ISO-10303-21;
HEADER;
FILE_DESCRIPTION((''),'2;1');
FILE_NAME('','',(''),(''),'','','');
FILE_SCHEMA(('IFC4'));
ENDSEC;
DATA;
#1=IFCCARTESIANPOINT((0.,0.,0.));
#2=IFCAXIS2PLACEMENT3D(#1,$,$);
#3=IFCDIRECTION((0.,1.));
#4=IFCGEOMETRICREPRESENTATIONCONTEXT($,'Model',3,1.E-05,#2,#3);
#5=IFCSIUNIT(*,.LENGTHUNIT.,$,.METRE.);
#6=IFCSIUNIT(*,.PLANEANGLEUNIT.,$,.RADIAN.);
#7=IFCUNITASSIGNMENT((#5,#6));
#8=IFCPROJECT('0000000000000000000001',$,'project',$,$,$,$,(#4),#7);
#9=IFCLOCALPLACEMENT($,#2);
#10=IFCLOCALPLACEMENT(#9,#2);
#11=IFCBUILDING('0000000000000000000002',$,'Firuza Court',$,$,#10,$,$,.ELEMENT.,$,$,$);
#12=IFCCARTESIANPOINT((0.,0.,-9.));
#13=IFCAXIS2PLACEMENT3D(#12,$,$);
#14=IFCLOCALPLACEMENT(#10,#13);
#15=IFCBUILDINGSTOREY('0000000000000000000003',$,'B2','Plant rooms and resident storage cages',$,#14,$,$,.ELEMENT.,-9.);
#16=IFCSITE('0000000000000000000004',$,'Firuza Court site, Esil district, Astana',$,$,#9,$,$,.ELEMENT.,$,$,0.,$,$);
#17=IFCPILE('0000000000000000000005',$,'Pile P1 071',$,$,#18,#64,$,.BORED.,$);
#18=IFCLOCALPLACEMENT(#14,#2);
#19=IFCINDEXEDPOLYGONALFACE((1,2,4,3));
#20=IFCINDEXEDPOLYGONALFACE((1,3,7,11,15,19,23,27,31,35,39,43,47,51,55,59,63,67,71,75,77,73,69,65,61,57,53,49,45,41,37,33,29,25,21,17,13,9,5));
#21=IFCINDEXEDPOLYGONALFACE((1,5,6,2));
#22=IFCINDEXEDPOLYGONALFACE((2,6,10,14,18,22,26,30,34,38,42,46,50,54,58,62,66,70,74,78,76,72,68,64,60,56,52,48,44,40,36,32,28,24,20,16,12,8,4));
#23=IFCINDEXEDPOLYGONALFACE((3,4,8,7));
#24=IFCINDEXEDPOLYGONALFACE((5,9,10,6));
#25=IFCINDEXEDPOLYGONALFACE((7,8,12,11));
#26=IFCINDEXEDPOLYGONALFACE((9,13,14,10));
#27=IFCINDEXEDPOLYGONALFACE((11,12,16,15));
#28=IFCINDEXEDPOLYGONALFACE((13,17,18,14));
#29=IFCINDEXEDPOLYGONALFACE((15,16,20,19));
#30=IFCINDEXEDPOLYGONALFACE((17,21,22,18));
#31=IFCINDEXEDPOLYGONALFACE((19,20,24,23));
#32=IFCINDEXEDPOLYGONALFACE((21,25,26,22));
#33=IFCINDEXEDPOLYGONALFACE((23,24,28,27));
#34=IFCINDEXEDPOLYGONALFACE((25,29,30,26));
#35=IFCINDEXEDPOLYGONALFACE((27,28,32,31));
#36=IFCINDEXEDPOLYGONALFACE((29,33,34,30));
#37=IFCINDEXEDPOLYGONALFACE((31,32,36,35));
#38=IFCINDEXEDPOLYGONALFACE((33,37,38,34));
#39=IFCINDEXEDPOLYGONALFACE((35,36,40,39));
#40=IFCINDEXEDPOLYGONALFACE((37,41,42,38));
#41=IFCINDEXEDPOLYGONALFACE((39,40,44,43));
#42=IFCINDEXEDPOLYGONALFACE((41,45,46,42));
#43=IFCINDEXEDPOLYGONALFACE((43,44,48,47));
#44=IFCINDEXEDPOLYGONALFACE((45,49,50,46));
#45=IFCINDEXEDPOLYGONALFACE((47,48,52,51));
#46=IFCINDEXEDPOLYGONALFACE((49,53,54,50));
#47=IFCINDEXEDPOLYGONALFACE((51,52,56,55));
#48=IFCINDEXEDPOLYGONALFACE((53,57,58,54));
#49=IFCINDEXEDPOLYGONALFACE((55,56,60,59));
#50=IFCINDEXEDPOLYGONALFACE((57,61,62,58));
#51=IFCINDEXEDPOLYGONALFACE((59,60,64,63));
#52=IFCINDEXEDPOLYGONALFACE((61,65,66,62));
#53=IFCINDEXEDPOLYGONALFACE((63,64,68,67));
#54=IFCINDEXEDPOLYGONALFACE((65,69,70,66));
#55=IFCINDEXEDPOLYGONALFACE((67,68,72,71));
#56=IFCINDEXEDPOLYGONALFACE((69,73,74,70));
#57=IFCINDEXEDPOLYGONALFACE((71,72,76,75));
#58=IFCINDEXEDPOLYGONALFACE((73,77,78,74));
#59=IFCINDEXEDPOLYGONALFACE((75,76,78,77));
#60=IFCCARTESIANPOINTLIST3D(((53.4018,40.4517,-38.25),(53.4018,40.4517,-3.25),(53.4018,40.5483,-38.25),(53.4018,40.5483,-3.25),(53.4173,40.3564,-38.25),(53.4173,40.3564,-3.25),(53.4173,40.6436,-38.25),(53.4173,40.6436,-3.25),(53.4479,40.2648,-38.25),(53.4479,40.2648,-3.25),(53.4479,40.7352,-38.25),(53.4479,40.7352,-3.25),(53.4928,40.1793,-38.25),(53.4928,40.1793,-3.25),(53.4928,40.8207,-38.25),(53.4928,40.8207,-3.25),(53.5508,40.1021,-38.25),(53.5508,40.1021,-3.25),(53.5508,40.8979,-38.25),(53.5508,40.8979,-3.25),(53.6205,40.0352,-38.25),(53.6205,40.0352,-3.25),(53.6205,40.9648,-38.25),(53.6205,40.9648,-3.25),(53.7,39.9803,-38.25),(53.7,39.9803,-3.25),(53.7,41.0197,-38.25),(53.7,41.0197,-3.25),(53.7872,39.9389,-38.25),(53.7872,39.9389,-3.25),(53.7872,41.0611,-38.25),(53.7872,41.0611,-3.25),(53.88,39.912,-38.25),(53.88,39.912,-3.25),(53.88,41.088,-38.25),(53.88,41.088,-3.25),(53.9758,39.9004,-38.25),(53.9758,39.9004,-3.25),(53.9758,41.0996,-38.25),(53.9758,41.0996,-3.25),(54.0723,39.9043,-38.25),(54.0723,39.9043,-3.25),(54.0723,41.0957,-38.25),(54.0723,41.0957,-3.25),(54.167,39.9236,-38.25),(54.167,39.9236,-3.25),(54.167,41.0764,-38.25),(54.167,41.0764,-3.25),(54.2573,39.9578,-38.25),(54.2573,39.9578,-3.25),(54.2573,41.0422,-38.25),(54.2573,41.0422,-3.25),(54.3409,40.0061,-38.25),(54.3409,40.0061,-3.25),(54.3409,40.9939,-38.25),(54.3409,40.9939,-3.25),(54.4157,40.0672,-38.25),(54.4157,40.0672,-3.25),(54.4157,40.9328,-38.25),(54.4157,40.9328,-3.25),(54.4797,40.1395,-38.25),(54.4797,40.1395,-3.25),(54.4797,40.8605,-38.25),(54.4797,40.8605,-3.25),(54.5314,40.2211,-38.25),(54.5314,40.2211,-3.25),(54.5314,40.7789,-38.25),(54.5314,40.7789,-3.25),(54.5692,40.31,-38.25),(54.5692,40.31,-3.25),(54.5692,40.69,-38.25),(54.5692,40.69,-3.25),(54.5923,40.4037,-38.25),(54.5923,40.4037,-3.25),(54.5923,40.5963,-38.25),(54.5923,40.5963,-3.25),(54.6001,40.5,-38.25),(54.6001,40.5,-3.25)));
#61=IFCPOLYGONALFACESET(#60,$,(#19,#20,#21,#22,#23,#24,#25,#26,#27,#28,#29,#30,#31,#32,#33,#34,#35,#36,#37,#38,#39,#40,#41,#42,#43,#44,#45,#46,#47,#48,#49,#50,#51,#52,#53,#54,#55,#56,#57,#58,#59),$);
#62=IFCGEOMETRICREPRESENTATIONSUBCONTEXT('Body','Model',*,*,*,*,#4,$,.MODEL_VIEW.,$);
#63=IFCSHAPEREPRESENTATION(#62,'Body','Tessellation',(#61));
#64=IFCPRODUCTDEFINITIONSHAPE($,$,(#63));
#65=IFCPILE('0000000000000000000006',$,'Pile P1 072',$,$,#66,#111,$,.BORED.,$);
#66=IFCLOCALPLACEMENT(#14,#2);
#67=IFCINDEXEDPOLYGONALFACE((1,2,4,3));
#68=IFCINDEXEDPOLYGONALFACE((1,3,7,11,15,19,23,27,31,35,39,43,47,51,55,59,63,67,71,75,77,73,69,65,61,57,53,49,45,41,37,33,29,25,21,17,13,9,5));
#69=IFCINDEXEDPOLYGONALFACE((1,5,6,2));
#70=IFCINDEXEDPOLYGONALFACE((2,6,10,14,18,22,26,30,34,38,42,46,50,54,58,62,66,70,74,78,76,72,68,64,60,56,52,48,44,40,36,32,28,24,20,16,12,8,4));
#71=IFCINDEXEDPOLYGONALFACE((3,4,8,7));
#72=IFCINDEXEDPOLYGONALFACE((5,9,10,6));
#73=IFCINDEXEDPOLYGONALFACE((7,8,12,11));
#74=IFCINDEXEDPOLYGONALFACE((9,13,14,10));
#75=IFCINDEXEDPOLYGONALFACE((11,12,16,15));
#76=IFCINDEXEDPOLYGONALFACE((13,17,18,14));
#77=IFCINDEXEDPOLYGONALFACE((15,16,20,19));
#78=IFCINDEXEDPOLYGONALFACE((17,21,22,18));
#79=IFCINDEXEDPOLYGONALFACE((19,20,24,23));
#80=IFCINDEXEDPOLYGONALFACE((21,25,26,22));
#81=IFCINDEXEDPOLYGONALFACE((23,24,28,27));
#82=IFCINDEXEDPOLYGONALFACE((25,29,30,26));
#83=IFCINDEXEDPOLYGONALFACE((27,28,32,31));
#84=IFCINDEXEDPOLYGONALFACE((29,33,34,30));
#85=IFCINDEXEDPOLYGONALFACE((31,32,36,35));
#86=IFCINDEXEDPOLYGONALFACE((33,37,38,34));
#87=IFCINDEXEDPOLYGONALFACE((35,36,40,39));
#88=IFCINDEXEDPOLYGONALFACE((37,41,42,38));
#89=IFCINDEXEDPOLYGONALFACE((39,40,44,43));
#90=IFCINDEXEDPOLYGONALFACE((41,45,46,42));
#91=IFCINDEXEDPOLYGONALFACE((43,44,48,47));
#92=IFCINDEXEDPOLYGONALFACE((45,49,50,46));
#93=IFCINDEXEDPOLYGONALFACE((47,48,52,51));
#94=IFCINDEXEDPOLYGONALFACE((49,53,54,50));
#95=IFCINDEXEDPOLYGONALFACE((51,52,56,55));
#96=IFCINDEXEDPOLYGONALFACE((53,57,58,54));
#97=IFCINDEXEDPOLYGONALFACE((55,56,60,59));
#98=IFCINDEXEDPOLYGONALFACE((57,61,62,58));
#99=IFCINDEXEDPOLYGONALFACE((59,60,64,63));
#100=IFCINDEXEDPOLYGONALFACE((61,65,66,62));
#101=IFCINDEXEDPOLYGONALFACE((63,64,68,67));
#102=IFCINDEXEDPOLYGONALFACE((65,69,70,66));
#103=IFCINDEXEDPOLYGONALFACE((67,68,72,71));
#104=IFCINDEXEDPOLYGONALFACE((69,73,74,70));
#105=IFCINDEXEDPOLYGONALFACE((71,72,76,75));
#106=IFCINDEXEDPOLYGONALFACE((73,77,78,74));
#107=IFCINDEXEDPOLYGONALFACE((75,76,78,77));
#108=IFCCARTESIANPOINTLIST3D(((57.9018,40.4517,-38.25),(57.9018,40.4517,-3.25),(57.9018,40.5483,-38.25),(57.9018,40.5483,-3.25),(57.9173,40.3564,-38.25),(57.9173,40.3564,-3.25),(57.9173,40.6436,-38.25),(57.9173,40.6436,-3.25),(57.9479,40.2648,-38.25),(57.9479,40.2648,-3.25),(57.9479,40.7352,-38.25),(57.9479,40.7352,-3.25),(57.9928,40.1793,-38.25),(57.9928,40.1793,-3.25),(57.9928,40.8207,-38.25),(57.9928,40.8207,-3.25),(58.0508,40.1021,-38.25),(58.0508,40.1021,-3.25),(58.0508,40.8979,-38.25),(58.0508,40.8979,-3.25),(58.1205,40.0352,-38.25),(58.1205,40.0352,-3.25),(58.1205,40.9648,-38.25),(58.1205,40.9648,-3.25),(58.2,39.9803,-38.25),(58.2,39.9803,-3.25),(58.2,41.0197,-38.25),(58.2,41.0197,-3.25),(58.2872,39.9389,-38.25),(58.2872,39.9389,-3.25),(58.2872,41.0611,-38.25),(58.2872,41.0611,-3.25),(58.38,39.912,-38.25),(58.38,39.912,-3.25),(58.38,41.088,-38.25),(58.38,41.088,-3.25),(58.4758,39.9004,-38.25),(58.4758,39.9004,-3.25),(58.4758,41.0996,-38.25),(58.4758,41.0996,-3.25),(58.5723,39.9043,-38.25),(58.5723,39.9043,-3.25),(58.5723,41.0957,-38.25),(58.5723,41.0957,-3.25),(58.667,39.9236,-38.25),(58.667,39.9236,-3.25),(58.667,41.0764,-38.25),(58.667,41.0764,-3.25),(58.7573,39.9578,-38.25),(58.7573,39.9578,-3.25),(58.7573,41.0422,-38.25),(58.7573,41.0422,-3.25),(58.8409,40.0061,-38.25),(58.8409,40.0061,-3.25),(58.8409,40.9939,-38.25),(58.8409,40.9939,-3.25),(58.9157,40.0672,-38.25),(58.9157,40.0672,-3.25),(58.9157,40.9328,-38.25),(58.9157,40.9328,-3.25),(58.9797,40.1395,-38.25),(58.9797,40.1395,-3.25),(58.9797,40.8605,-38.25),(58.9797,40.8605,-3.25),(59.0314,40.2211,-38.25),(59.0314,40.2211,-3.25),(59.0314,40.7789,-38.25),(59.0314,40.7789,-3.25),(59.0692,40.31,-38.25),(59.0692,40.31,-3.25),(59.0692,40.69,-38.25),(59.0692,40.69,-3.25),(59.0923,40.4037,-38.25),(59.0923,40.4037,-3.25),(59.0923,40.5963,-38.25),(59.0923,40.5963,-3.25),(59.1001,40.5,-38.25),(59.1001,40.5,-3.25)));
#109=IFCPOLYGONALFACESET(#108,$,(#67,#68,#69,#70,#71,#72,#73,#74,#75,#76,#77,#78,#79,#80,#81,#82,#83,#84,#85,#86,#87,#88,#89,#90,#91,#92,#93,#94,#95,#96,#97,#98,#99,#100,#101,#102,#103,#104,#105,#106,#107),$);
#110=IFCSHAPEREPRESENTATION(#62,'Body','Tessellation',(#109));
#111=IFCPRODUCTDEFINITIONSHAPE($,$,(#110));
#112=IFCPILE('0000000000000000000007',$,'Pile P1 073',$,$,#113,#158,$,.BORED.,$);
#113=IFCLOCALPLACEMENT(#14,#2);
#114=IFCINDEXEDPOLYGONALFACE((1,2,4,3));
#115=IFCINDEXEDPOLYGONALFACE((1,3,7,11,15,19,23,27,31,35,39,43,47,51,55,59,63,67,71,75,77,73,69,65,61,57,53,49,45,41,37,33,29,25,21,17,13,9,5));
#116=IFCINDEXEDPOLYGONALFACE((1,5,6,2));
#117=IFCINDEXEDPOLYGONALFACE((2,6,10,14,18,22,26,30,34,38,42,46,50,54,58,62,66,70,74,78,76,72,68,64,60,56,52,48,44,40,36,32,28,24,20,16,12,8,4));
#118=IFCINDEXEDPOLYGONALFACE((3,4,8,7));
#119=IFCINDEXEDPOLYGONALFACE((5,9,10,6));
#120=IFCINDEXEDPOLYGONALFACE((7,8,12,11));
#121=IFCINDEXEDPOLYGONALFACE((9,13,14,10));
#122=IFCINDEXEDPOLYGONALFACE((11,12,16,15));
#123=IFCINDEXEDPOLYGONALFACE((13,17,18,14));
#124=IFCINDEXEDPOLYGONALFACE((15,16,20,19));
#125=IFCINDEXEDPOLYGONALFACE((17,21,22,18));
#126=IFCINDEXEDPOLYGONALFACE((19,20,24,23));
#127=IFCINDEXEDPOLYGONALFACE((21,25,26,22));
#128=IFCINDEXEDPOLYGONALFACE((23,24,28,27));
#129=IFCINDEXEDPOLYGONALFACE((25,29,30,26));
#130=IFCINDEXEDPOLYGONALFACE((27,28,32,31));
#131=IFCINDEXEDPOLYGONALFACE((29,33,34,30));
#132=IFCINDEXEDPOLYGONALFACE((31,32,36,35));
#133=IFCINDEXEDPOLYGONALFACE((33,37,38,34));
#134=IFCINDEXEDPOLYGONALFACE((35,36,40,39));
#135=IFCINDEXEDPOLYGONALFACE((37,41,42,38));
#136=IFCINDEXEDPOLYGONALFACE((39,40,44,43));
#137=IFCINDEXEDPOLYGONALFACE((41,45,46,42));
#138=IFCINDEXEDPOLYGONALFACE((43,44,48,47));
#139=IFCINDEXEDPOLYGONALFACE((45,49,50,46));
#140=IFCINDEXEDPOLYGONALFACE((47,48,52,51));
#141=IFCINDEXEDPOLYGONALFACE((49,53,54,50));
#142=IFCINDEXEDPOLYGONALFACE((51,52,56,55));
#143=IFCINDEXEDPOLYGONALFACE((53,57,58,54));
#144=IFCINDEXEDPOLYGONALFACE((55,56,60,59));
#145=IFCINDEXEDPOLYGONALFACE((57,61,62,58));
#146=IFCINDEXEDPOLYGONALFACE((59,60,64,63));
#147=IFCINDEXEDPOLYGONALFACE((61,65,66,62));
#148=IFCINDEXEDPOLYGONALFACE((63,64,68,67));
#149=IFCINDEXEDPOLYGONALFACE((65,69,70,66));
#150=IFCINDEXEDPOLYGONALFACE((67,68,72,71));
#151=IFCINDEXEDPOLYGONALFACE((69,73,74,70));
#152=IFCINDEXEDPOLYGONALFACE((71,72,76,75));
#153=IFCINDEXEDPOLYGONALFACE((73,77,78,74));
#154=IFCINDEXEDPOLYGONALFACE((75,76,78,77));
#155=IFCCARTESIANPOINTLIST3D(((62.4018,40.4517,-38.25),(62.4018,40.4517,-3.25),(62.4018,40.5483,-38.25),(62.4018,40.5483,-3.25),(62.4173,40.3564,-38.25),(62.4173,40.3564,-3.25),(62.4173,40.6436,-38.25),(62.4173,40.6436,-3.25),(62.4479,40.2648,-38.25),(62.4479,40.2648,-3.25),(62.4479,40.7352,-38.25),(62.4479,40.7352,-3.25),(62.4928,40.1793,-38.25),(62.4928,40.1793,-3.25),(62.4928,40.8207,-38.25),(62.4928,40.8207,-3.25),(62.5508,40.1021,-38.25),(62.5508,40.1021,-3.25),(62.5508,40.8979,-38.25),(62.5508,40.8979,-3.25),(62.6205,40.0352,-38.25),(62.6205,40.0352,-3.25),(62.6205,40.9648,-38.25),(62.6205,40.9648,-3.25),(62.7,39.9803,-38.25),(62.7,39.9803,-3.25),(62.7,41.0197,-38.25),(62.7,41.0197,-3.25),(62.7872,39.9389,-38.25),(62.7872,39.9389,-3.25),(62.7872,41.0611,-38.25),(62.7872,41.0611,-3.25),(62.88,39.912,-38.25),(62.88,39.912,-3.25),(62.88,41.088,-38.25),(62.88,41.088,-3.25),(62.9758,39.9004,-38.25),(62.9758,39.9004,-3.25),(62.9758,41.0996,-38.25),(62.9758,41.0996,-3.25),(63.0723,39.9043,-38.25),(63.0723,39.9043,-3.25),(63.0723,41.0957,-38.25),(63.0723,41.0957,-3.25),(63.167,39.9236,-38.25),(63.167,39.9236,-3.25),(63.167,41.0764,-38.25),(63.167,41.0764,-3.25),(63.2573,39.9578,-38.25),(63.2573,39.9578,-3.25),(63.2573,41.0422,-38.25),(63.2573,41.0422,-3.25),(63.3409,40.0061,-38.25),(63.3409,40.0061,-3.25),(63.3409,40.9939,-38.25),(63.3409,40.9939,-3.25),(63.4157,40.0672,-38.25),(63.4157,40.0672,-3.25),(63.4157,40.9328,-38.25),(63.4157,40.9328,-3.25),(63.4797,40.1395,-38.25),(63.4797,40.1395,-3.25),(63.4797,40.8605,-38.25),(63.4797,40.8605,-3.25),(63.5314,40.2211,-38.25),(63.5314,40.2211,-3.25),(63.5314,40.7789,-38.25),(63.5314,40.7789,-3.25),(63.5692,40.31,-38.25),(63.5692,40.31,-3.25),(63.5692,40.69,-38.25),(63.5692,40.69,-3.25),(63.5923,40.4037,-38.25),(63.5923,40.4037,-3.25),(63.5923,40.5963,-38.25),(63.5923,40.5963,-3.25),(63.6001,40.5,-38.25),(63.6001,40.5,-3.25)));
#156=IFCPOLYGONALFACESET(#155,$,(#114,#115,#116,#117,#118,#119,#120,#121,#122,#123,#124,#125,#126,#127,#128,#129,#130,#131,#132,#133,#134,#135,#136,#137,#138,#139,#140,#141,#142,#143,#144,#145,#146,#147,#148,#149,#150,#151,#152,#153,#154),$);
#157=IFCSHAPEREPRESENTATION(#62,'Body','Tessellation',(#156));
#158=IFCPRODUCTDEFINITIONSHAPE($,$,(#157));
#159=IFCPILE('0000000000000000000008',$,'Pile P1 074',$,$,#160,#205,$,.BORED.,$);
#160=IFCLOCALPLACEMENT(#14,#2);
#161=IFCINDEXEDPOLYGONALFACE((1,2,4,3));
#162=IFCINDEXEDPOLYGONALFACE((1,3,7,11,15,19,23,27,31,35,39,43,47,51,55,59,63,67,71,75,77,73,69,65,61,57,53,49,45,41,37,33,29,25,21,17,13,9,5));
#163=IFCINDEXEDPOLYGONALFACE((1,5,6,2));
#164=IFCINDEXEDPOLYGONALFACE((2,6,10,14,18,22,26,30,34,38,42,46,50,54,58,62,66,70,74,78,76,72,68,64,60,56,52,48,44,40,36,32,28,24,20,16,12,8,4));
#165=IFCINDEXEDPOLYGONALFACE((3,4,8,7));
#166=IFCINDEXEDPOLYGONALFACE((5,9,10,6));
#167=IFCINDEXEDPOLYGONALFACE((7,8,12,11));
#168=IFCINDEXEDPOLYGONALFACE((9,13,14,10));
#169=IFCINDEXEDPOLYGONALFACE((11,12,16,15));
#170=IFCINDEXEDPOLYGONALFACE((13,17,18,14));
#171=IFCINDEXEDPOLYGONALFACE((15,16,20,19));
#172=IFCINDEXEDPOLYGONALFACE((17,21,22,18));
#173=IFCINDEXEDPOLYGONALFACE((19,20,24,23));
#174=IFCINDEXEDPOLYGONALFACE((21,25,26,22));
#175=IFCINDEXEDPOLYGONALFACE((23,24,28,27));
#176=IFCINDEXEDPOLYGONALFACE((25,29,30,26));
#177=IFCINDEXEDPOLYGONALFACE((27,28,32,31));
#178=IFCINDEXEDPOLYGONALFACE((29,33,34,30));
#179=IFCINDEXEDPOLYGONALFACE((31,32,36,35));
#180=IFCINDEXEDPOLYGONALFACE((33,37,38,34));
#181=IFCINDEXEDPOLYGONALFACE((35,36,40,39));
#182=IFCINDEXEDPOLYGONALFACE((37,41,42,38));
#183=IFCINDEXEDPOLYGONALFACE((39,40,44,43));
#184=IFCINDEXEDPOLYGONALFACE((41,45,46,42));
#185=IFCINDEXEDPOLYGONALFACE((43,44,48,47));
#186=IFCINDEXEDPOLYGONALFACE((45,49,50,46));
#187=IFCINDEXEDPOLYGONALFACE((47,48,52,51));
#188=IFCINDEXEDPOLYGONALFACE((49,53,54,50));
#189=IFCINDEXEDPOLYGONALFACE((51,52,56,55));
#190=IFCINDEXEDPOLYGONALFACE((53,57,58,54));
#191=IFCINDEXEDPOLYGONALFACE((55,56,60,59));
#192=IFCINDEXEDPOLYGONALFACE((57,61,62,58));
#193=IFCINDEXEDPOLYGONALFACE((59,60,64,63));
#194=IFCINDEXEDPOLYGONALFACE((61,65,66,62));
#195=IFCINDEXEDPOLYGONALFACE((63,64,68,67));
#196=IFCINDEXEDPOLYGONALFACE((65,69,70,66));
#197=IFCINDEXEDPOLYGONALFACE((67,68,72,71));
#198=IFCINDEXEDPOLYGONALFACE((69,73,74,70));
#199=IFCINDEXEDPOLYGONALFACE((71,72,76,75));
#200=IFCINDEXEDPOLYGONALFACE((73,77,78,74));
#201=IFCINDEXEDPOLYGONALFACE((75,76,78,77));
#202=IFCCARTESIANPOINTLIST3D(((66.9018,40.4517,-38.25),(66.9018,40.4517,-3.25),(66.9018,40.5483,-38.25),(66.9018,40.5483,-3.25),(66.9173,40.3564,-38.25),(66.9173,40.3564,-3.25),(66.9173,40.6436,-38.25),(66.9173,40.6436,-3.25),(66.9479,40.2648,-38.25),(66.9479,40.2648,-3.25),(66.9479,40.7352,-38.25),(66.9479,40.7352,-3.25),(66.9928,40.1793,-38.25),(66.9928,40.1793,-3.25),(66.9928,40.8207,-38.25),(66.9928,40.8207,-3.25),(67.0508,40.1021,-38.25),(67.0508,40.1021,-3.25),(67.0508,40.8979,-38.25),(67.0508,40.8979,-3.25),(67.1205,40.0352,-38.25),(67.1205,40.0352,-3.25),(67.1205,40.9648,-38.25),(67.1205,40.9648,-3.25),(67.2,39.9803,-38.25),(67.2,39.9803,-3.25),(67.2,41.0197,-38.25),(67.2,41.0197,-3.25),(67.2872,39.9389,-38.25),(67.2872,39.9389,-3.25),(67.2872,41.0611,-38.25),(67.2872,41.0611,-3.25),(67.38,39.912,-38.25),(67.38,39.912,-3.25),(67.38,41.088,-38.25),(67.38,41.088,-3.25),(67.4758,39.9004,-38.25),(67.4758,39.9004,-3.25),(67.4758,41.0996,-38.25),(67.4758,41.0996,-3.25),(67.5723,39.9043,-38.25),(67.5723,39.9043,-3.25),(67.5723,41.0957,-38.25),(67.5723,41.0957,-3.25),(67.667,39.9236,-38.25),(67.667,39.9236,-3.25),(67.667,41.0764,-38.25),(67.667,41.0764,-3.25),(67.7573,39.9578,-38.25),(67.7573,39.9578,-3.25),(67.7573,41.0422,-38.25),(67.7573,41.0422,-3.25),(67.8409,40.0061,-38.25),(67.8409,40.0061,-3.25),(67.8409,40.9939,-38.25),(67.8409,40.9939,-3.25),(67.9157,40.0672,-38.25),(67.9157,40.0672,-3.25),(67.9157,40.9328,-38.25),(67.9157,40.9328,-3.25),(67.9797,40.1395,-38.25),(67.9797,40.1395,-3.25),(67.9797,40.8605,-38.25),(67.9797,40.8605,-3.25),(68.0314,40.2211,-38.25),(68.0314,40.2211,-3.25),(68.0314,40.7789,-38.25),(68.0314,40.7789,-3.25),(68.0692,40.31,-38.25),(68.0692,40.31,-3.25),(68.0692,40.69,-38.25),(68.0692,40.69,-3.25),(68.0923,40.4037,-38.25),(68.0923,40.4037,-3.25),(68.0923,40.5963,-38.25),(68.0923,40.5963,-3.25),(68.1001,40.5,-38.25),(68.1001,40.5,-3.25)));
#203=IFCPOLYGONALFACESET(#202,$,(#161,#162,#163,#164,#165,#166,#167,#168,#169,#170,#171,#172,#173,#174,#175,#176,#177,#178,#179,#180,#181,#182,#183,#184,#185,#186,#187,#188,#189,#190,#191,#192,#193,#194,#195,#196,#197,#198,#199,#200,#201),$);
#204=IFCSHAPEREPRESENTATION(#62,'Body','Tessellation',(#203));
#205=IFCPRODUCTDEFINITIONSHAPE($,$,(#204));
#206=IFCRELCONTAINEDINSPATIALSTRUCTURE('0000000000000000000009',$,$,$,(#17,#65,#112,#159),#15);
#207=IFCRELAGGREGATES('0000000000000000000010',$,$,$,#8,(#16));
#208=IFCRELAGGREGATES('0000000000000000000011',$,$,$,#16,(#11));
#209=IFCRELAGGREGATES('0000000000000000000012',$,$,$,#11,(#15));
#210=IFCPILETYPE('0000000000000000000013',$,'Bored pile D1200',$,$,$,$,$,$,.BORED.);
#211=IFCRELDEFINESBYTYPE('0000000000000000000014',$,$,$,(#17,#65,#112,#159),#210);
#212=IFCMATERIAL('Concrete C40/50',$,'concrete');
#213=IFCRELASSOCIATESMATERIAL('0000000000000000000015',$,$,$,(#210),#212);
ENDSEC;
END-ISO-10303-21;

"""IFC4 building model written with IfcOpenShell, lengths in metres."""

from ifc_helpers import new_model, si_unit, direction, frame, origin, origin_2d, place, context, subcontext, project, spatial, circle, extrude, material, material_profile, profile_set, type_object, element, save


model = new_model("IFC4")

# Units and contexts
model_context = context("Model", 3, precision=1e-05, world=origin(), true_north=direction((0.0, 1.0)))
body_context = subcontext(model_context, "Body", "Model", "MODEL_VIEW")
ifc_project = project(units=[si_unit("LENGTHUNIT", "METRE"), si_unit("PLANEANGLEUNIT", "RADIAN")], contexts=[model_context])

# Site, building, storey
site_placement = place(None, origin())
site = spatial("IfcSite", under=ifc_project, at=site_placement, Name="Firuza Court site, Esil district, Astana", CompositionType="ELEMENT", RefElevation=0.0)
building_placement = place(site_placement, origin())
building = spatial("IfcBuilding", under=site, at=building_placement, Name="Firuza Court", CompositionType="ELEMENT")
storey_placement = place(building_placement, frame((0.0, 0.0, -9.0)))
storey = spatial("IfcBuildingStorey", under=building, at=storey_placement, Name="B2", Description="Plant rooms and resident storage cages", CompositionType="ELEMENT", Elevation=-9.0)

# Piles
ifc_material_1 = material(Name="Concrete C40/50", Category="concrete")
ifc_material_profile_1 = material_profile(ifc_material_1, circle(Radius=0.6001, at=origin_2d()), Name="Pile D1200")
ifc_profile_set_1 = profile_set([ifc_material_profile_1], Name="Concrete C40/50")
pile_type = type_object("IfcPileType", Name="Bored pile D1200", PredefinedType="BORED", material=ifc_profile_set_1)
for number, where, z_axis, x_axis, name in (
    (1, (54.0, 40.5, -3.25), (0.0, 0.0, -1.0), (1.0, 0.0, 0.0), "Pile P1 071"),
    (2, (58.5, 40.5, -3.25), (0.0, 0.0, -1.0), (1.0, 0.0, 0.0), "Pile P1 072"),
    (3, (63.0, 40.5, -3.25), (0.0, 0.0, -1.0), (1.0, 0.0, 0.0), "Pile P1 073"),
    (4, (67.5, 40.5, -3.25), (0.0, 0.0, -1.0), (1.0, 0.0, 0.0), "Pile P1 074"),
):
    element("IfcPile", number, at=place(storey_placement, frame(where, z_axis=z_axis, x_axis=x_axis)), inside=storey, type_object=pile_type, Name=name, PredefinedType="BORED", context=body_context, shape_type="SweptSolid", body=[
        extrude(circle(Radius=0.6001, at=origin_2d()), origin(), (0.0, 0.0, 1.0), 35.0),
    ])

save(model, "model.ifc")
